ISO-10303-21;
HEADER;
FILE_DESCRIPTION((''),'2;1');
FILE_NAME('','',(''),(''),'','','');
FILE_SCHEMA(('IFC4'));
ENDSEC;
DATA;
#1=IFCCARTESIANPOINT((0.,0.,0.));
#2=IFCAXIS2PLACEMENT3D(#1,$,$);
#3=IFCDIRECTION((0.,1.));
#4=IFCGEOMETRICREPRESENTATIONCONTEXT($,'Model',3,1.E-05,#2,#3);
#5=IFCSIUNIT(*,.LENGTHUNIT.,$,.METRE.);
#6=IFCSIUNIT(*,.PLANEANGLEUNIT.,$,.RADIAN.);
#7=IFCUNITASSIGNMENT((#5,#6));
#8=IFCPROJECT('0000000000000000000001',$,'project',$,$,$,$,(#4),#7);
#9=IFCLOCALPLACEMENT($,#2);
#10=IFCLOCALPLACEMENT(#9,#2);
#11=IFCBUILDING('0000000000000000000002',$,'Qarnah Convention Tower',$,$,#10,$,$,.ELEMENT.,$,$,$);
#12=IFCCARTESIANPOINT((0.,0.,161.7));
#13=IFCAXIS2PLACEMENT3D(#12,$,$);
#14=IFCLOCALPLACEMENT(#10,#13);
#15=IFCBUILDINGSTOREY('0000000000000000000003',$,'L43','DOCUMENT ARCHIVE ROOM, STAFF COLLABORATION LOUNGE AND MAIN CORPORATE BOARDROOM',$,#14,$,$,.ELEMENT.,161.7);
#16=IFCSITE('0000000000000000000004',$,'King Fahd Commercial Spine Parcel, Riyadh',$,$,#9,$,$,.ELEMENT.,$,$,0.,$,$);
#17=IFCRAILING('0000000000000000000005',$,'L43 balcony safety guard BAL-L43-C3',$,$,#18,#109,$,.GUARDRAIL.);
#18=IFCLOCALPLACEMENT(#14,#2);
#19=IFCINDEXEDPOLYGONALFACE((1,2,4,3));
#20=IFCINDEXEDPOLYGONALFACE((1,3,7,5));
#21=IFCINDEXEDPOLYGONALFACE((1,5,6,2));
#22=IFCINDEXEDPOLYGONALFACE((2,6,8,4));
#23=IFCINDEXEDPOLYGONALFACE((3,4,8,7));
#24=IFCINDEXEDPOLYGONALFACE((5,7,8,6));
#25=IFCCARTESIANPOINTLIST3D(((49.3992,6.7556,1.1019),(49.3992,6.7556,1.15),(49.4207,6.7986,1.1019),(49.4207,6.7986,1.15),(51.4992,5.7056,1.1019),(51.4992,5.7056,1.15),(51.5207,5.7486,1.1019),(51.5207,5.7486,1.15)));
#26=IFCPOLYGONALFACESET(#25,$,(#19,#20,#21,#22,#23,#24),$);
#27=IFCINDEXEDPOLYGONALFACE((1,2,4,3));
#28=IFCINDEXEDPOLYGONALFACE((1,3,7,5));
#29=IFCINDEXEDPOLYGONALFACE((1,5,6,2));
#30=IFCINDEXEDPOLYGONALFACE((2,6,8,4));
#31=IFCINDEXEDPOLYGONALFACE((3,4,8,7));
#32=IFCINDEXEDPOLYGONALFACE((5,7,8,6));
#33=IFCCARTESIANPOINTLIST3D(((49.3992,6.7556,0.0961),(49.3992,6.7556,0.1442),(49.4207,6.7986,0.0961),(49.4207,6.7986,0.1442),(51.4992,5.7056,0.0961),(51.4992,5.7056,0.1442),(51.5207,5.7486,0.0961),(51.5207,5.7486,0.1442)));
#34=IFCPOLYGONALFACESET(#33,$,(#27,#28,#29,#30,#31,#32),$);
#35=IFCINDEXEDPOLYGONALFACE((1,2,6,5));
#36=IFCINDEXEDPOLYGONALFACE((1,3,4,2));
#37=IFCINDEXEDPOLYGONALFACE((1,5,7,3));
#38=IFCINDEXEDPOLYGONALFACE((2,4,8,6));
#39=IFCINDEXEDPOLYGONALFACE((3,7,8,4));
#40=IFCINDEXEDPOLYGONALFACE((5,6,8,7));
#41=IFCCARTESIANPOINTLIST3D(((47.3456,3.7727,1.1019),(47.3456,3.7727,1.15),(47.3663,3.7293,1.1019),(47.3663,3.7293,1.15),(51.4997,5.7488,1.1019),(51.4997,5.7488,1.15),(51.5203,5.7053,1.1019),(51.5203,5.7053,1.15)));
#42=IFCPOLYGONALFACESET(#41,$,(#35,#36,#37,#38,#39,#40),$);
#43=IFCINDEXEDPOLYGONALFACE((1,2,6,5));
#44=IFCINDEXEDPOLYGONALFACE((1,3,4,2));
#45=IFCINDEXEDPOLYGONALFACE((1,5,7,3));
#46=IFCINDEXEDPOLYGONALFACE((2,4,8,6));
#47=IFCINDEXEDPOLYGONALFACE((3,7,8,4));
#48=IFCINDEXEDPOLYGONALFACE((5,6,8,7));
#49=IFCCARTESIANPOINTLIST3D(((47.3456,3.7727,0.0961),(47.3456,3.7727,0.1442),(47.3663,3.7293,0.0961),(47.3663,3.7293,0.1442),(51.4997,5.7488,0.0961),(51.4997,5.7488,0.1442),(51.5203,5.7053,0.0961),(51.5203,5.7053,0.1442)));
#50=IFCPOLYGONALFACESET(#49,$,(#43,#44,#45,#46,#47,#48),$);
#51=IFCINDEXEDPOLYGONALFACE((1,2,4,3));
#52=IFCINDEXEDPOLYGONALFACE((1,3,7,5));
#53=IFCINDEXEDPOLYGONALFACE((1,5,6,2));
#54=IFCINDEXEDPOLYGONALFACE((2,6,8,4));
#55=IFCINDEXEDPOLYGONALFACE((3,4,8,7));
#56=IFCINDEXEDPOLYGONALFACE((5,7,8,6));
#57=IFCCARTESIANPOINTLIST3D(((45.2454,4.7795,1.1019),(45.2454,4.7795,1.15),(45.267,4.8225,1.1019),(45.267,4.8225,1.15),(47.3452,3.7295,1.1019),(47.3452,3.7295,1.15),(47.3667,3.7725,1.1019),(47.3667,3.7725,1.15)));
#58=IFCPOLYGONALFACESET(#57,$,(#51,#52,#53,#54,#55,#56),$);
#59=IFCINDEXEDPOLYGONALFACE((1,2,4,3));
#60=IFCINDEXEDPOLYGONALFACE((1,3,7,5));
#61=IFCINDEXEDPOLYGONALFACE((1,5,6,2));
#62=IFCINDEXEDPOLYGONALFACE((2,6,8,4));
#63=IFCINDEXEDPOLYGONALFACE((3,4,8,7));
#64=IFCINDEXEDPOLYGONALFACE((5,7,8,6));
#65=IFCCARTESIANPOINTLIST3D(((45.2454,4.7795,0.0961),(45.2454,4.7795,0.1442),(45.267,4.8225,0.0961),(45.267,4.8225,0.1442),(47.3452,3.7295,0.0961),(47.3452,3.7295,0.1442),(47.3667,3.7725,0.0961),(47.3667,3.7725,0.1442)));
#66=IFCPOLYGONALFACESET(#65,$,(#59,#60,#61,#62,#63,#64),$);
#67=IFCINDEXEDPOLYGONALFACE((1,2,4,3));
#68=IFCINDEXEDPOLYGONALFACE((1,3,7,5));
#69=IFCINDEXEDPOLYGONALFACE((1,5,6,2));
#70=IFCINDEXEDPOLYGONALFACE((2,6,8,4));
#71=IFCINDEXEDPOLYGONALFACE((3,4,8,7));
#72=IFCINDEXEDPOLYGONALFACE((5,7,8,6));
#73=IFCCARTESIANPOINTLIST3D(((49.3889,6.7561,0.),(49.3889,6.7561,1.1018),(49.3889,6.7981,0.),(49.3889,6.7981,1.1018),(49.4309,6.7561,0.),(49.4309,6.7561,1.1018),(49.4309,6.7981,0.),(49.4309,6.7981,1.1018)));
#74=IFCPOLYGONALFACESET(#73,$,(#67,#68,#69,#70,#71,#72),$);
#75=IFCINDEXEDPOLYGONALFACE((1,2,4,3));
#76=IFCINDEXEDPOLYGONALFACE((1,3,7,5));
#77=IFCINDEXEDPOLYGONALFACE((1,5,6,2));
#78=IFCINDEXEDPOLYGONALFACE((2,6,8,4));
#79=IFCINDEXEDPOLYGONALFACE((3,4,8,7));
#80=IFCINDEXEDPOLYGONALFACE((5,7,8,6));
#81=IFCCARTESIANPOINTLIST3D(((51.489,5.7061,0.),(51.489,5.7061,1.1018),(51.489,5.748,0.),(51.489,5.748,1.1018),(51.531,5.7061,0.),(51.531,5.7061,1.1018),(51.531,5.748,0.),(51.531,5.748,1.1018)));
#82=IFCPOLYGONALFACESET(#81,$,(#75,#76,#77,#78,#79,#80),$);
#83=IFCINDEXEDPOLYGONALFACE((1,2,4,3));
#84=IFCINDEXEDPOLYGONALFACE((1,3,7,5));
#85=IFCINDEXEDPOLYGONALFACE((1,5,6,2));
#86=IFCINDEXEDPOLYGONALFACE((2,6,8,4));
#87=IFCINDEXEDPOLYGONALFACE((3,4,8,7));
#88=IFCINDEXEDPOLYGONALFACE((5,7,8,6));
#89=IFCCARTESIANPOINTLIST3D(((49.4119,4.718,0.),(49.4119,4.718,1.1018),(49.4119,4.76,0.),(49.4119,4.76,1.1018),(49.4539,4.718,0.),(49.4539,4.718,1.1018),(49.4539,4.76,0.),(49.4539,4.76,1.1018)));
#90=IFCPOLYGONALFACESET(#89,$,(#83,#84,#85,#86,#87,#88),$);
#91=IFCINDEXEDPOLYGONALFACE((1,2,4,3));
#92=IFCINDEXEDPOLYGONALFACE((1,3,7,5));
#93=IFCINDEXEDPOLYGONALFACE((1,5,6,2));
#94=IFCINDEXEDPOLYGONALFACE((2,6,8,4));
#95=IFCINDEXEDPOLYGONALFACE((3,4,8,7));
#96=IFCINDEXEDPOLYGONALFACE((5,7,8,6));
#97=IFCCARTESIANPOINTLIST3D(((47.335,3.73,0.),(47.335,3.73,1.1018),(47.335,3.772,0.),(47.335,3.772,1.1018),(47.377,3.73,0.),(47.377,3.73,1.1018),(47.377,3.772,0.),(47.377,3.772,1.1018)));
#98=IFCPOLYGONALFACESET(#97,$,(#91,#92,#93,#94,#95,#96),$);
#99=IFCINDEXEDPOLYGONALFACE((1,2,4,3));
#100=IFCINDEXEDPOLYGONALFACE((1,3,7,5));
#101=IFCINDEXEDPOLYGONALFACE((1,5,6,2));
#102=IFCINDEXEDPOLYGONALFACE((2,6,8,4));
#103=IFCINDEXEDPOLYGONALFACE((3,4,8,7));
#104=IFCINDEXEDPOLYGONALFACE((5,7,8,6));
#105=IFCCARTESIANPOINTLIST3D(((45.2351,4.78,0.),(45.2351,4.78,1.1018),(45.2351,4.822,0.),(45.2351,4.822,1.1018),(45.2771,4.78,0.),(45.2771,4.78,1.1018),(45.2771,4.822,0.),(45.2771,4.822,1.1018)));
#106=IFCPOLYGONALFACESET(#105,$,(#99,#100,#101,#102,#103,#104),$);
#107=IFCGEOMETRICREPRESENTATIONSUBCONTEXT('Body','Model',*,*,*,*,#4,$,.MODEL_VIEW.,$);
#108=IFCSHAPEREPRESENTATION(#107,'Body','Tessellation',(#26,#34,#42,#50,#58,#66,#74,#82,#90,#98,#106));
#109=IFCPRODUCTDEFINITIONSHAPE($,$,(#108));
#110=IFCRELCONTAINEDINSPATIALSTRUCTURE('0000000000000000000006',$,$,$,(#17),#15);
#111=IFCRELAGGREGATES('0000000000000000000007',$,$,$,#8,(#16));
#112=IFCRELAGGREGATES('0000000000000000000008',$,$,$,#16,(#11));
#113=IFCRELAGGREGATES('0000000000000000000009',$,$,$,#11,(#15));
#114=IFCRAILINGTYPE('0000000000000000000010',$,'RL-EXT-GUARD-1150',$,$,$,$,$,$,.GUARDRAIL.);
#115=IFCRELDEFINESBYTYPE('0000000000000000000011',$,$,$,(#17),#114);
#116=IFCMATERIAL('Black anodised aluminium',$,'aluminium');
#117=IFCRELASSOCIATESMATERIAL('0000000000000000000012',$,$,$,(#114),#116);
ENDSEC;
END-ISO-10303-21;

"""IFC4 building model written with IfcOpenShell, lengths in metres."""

from ifc_helpers import new_model, si_unit, direction, frame, origin, origin_2d, place, context, subcontext, project, spatial, rectangle, extrude, material, type_object, element, save


model = new_model("IFC4")

# Units and contexts
model_context = context("Model", 3, precision=1e-05, world=origin(), true_north=direction((0.0, 1.0)))
body_context = subcontext(model_context, "Body", "Model", "MODEL_VIEW")
ifc_project = project(units=[si_unit("LENGTHUNIT", "METRE"), si_unit("PLANEANGLEUNIT", "RADIAN")], contexts=[model_context])

# Site, building, storey
site_placement = place(None, origin())
site = spatial("IfcSite", under=ifc_project, at=site_placement, Name="King Fahd Commercial Spine Parcel, Riyadh", CompositionType="ELEMENT", RefElevation=0.0)
building_placement = place(site_placement, origin())
building = spatial("IfcBuilding", under=site, at=building_placement, Name="Qarnah Convention Tower", CompositionType="ELEMENT")
storey_placement = place(building_placement, frame((0.0, 0.0, 161.7)))
storey = spatial("IfcBuildingStorey", under=building, at=storey_placement, Name="L43", Description="DOCUMENT ARCHIVE ROOM, STAFF COLLABORATION LOUNGE AND MAIN CORPORATE BOARDROOM", CompositionType="ELEMENT", Elevation=161.7)

# Shared definitions
ifc_material_1 = material(Name="Black anodised aluminium", Category="aluminium")

# Railing
railing_type = type_object("IfcRailingType", Name="RL-EXT-GUARD-1150", PredefinedType="GUARDRAIL", material=ifc_material_1)
railing_1_placement = place(storey_placement, frame((49.4099, 6.7771, 0.0)))
element("IfcRailing", 1, at=railing_1_placement, inside=storey, type_object=railing_type, Name="L43 balcony safety guard BAL-L43-C3", PredefinedType="GUARDRAIL", context=body_context, shape_type="SweptSolid", body=[
    extrude(rectangle(XDim=0.0481, YDim=0.0481, at=origin_2d()), frame((0.0, 0.0, 1.126), z_axis=(0.894427, -0.447214, 0.0), x_axis=(0.447214, 0.894427, 0.0)), (0.0, 0.0, 1.0), 2.3479),
    extrude(rectangle(XDim=0.0481, YDim=0.0481, at=origin_2d()), frame((0.0, 0.0, 0.1201), z_axis=(0.894427, -0.447214, 0.0), x_axis=(0.447214, 0.894427, 0.0)), (0.0, 0.0, 1.0), 2.3479),
    extrude(rectangle(XDim=0.0481, YDim=0.0481, at=origin_2d()), frame((2.1001, -1.05, 1.126), z_axis=(-0.903033, -0.429571, 0.0), x_axis=(0.429571, -0.903033, 0.0)), (0.0, 0.0, 1.0), 4.6001),
    extrude(rectangle(XDim=0.0481, YDim=0.0481, at=origin_2d()), frame((2.1001, -1.05, 0.1201), z_axis=(-0.903033, -0.429571, 0.0), x_axis=(0.429571, -0.903033, 0.0)), (0.0, 0.0, 1.0), 4.6001),
    extrude(rectangle(XDim=0.0481, YDim=0.0481, at=origin_2d()), frame((-2.054, -3.0261, 1.126), z_axis=(-0.894406, 0.447255, 0.0), x_axis=(-0.447255, -0.894406, 0.0)), (0.0, 0.0, 1.0), 2.3477),
    extrude(rectangle(XDim=0.0481, YDim=0.0481, at=origin_2d()), frame((-2.054, -3.0261, 0.1201), z_axis=(-0.894406, 0.447255, 0.0), x_axis=(-0.447255, -0.894406, 0.0)), (0.0, 0.0, 1.0), 2.3477),
    extrude(rectangle(XDim=0.042, YDim=0.042, at=origin_2d()), origin(), (0.0, 0.0, 1.0), 1.1018),
    extrude(rectangle(XDim=0.042, YDim=0.042, at=origin_2d()), frame((2.1001, -1.05, 0.0)), (0.0, 0.0, 1.0), 1.1018),
    extrude(rectangle(XDim=0.042, YDim=0.042, at=origin_2d()), frame((0.0229, -2.0381, 0.0)), (0.0, 0.0, 1.0), 1.1018),
    extrude(rectangle(XDim=0.042, YDim=0.042, at=origin_2d()), frame((-2.054, -3.0261, 0.0)), (0.0, 0.0, 1.0), 1.1018),
    extrude(rectangle(XDim=0.042, YDim=0.042, at=origin_2d()), frame((-4.1538, -1.9761, 0.0)), (0.0, 0.0, 1.0), 1.1018),
])

save(model, "model.ifc")
